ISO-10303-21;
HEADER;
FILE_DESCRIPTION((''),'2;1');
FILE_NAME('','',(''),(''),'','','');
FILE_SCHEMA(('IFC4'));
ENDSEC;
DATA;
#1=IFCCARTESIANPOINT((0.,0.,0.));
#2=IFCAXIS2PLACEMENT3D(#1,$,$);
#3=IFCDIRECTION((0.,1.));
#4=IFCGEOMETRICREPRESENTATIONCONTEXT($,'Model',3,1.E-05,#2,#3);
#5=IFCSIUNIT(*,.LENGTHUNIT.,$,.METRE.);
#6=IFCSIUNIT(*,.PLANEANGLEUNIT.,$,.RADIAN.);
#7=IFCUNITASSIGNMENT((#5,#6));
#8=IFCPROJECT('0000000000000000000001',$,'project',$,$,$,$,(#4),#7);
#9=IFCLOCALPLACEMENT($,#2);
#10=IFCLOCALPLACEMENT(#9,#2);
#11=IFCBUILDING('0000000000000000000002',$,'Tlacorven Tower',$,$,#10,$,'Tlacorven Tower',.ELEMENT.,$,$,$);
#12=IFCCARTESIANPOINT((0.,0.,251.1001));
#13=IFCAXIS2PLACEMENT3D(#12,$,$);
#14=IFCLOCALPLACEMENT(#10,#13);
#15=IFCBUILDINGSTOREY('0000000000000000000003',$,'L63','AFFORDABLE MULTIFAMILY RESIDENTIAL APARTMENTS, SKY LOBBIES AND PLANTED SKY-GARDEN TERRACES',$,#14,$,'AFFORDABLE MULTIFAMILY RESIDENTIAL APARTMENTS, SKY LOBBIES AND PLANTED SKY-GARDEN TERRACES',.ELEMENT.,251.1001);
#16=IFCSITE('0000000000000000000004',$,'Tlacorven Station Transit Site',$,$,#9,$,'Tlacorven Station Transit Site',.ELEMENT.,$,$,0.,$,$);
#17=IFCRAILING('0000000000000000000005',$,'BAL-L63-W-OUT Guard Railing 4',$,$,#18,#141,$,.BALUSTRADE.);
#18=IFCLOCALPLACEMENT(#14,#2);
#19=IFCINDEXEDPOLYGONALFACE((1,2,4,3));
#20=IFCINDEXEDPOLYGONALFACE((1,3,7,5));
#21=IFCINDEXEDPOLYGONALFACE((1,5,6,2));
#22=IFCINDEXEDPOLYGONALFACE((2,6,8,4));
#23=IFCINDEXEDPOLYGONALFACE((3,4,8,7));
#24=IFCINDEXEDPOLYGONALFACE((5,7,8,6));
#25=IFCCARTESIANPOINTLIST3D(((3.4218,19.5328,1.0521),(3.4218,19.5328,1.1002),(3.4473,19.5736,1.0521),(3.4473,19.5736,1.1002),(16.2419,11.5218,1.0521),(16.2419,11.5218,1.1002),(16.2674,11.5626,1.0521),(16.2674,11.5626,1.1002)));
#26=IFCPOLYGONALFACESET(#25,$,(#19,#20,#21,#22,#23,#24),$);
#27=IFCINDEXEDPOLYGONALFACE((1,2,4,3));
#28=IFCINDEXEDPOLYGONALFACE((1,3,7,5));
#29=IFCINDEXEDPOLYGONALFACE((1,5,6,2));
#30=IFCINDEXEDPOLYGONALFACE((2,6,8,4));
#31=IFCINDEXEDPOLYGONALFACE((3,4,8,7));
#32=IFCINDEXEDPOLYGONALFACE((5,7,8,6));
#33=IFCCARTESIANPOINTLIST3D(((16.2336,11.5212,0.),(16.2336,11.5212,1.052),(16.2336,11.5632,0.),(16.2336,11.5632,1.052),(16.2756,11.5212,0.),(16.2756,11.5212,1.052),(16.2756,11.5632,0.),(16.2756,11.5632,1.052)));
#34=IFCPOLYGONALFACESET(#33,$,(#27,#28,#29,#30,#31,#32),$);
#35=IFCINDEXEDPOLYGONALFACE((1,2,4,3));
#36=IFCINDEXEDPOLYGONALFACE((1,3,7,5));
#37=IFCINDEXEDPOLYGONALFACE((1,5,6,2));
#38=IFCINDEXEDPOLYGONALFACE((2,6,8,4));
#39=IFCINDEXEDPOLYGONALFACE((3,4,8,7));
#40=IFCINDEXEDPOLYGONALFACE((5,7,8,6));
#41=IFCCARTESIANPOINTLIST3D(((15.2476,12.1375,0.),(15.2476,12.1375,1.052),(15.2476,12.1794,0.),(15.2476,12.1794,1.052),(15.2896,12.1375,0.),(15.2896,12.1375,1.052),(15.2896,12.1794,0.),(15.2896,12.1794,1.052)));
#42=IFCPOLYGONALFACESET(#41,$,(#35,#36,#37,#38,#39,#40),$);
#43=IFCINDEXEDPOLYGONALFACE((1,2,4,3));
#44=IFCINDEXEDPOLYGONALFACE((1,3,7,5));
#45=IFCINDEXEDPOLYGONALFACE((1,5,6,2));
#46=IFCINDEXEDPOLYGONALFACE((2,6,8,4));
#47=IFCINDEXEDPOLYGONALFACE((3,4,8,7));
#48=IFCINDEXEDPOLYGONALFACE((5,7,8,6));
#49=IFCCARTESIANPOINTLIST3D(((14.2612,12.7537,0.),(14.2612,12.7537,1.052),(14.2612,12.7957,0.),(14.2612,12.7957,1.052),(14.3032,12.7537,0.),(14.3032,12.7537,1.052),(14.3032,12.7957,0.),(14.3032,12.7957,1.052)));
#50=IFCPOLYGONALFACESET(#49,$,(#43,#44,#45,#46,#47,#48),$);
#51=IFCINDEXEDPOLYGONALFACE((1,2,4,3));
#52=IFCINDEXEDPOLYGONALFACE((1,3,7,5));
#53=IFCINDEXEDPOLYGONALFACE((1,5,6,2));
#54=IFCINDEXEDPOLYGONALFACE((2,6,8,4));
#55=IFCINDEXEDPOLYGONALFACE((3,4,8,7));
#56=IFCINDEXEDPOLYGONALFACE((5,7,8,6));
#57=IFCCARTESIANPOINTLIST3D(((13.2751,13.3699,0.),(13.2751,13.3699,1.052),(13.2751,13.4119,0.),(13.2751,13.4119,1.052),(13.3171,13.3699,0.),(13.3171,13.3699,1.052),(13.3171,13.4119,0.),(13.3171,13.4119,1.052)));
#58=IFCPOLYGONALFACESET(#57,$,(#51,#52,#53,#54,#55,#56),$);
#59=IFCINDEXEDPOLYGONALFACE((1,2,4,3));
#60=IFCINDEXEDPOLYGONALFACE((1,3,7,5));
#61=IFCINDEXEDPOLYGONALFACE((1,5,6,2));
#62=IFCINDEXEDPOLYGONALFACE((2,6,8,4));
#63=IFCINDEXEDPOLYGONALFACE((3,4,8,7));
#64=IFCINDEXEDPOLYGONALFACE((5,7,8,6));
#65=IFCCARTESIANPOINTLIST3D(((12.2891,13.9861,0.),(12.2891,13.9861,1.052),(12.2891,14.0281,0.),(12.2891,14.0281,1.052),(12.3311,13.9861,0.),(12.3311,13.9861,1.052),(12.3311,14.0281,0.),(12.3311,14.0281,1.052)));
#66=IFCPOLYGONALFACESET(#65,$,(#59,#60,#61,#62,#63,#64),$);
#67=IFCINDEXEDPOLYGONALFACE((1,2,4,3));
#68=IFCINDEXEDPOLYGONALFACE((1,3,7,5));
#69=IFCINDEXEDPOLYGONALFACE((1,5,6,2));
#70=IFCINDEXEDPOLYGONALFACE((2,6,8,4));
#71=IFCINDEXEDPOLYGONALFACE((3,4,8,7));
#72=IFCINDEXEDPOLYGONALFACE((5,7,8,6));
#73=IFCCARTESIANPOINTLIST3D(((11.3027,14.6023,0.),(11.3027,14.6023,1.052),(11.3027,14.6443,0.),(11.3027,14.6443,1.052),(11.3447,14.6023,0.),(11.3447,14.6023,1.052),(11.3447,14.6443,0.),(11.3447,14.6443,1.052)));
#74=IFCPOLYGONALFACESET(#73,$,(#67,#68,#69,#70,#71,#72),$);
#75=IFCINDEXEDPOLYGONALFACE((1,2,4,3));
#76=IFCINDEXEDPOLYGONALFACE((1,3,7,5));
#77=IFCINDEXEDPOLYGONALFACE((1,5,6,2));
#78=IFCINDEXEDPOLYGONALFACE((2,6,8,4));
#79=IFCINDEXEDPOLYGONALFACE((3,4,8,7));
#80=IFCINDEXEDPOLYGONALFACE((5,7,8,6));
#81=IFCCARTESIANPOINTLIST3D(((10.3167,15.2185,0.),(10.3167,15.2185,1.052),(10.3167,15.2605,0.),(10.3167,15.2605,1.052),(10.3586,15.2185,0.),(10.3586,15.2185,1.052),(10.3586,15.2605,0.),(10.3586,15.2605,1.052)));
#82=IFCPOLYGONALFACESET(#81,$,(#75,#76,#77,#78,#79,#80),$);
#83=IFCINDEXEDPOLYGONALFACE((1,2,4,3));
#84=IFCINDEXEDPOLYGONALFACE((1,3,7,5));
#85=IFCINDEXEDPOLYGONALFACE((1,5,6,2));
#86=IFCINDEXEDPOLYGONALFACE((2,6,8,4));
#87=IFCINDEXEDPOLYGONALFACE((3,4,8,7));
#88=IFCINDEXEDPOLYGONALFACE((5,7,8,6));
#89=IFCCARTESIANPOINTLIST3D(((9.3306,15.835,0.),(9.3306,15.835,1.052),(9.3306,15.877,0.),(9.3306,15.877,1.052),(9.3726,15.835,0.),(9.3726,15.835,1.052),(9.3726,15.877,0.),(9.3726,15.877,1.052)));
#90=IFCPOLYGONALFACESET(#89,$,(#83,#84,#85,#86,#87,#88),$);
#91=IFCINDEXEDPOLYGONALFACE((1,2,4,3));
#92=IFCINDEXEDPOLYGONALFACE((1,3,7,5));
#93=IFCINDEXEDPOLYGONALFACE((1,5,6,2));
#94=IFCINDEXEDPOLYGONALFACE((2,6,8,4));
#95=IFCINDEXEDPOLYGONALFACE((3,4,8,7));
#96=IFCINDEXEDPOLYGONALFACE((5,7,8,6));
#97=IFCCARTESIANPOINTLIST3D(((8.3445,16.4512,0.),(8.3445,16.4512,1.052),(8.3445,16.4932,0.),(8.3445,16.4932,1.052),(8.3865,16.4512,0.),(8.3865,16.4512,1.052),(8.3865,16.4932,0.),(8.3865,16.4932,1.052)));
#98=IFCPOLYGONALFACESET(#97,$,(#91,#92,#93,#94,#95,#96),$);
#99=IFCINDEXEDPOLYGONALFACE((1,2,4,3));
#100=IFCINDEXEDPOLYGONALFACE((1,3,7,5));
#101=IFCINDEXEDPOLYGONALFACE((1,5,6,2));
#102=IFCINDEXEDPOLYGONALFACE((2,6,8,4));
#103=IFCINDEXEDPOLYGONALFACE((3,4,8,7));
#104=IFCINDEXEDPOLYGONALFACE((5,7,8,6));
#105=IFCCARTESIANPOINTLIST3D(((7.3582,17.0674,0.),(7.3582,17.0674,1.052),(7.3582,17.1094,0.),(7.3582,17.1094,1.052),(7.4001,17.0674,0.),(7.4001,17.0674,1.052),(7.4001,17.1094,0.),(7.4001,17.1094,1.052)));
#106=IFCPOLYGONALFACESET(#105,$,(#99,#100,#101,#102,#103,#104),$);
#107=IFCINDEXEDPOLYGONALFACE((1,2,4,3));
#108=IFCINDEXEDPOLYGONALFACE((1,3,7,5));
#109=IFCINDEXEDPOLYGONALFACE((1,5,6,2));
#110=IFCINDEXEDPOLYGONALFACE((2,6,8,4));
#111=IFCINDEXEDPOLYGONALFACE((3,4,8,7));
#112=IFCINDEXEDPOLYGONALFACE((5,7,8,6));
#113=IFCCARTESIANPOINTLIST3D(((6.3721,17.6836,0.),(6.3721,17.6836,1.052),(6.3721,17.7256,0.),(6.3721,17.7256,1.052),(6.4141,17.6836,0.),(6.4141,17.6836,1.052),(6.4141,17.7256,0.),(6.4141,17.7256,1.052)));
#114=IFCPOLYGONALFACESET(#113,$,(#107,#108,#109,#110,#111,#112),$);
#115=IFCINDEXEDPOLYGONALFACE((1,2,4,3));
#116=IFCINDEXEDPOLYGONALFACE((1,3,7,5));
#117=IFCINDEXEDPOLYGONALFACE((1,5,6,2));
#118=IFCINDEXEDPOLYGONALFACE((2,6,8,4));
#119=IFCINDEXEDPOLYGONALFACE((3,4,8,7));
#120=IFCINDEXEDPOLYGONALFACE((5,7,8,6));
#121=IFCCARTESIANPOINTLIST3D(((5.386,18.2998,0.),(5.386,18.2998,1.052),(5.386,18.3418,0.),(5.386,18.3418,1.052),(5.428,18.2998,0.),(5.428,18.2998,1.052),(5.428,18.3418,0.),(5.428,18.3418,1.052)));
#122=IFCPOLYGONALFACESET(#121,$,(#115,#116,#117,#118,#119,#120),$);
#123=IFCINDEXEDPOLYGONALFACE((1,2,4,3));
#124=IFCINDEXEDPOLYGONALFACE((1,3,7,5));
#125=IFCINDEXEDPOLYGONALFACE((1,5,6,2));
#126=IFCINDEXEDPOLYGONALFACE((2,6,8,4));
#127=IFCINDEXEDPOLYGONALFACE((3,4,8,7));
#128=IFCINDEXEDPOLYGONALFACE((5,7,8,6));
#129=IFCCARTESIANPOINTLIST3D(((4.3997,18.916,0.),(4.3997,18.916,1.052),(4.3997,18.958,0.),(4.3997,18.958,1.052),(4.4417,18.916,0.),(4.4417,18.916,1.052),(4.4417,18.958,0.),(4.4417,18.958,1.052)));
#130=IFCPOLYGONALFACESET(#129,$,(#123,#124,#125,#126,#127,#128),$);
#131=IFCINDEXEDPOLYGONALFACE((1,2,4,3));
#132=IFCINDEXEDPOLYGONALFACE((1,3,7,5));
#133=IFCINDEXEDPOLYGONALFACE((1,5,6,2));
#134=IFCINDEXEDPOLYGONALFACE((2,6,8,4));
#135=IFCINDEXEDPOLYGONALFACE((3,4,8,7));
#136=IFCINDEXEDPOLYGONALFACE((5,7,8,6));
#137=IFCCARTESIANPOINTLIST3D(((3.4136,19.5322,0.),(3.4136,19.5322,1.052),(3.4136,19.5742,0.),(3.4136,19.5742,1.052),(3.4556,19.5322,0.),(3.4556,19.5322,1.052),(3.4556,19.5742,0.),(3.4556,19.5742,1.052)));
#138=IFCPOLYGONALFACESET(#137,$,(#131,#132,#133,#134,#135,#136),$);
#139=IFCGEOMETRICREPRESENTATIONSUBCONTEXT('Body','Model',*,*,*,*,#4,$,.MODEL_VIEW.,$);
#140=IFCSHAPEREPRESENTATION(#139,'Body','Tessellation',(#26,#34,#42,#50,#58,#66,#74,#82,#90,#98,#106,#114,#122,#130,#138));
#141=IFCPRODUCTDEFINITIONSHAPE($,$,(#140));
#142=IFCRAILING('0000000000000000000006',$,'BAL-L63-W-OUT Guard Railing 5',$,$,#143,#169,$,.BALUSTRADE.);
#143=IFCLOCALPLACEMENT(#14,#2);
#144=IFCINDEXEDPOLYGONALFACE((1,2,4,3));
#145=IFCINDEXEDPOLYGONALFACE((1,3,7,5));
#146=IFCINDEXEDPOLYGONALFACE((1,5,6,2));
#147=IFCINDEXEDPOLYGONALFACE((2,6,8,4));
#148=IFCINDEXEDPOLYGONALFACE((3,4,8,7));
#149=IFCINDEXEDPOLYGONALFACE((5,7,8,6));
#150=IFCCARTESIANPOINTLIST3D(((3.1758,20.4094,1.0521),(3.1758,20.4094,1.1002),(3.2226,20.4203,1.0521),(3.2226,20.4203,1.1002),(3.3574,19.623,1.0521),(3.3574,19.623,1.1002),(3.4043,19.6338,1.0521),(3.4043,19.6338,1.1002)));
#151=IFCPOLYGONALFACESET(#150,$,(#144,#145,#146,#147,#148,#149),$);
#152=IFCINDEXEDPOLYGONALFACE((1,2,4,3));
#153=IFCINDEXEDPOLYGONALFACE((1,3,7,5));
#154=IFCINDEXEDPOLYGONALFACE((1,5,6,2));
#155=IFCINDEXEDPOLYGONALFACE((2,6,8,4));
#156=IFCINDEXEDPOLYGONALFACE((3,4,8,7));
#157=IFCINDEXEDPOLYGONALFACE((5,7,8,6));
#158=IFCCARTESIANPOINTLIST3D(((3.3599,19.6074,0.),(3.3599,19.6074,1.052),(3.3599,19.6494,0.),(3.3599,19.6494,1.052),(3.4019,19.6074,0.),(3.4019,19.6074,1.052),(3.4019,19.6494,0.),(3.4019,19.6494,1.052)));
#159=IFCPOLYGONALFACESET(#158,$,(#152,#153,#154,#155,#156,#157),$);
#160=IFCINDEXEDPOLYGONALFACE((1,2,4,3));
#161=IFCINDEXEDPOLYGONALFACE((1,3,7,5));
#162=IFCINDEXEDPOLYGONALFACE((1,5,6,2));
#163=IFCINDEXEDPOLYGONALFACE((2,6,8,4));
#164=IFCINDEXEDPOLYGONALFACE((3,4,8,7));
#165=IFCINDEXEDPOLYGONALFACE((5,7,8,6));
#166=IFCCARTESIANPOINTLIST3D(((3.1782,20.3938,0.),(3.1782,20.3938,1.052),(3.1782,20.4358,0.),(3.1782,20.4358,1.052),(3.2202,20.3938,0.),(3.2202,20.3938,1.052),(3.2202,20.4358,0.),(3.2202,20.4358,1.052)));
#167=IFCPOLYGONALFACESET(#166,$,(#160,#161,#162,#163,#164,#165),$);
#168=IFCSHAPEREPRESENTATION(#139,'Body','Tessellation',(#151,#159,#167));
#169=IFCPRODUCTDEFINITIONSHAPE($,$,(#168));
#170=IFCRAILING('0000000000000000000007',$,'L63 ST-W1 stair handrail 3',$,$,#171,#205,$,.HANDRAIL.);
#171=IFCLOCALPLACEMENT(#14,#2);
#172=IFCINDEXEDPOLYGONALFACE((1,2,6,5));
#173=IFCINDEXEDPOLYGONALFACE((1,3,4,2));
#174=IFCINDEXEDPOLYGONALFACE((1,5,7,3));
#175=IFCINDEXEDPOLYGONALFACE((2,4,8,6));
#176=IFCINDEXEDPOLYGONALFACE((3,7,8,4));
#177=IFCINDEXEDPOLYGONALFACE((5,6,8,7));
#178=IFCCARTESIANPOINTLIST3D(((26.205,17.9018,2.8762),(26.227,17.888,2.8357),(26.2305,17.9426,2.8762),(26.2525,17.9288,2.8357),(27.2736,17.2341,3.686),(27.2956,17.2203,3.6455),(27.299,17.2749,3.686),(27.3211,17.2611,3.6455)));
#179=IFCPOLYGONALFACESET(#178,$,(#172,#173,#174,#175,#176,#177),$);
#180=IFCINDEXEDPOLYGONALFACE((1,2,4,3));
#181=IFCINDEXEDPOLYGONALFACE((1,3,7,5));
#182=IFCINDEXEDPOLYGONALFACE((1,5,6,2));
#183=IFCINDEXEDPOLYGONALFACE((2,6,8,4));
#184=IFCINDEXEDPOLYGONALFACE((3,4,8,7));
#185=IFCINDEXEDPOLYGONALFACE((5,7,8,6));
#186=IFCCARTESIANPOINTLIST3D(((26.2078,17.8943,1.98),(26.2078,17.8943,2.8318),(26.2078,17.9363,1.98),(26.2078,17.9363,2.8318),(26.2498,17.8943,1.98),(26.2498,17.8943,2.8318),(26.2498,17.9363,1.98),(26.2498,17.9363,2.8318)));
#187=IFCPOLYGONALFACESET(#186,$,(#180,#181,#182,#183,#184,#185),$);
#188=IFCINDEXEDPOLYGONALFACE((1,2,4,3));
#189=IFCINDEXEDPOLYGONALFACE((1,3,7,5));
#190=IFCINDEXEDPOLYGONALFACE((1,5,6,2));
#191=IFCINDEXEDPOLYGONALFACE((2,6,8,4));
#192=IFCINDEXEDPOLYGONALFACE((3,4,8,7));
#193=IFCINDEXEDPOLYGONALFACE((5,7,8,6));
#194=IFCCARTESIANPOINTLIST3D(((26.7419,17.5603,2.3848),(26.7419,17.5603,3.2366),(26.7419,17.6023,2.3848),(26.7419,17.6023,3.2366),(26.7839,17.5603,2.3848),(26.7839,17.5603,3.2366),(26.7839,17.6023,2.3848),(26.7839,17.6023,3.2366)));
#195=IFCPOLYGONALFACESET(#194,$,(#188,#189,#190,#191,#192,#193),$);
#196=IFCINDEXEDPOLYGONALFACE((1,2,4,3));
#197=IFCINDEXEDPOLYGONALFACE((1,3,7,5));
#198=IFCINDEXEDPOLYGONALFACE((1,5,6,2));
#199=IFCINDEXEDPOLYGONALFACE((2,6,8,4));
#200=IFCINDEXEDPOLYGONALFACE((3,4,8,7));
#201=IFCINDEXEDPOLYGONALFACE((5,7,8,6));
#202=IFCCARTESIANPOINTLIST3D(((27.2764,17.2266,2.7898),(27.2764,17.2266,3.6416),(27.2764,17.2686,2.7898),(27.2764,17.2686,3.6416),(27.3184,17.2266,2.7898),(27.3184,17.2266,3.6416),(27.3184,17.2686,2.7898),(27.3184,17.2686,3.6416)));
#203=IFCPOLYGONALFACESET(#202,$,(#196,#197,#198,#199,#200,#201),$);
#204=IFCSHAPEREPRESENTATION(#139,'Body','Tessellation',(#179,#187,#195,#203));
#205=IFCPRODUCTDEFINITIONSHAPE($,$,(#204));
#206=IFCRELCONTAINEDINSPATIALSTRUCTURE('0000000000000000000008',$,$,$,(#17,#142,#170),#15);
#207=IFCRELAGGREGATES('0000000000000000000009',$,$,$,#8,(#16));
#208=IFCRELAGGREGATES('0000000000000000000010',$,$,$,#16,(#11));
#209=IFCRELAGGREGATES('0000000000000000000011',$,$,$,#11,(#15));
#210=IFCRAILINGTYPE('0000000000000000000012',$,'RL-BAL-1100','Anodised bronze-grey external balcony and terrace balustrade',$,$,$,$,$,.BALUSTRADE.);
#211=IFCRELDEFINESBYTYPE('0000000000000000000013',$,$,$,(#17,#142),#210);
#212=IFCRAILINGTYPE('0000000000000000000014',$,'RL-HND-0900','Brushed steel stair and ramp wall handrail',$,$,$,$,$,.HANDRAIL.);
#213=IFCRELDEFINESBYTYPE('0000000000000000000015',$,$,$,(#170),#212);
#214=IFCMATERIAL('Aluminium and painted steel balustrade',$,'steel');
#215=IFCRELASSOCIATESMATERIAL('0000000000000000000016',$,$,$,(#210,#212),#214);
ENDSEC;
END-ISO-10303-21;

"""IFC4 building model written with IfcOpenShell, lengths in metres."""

from ifc_helpers import new_model, si_unit, direction, frame, origin, origin_2d, place, context, subcontext, project, spatial, rectangle, extrude, source, transform, mapped, material, type_object, element, save


model = new_model("IFC4")

# Units and contexts
model_context = context("Model", 3, precision=1e-05, world=origin(), true_north=direction((0.0, 1.0)))
body_context = subcontext(model_context, "Body", "Model", "MODEL_VIEW")
ifc_project = project(units=[si_unit("LENGTHUNIT", "METRE"), si_unit("PLANEANGLEUNIT", "RADIAN")], contexts=[model_context])

# Site, building, storey
site_placement = place(None, origin())
site = spatial("IfcSite", under=ifc_project, at=site_placement, Name="Tlacorven Station Transit Site", LongName="Tlacorven Station Transit Site", CompositionType="ELEMENT", RefElevation=0.0)
building_placement = place(site_placement, origin())
building = spatial("IfcBuilding", under=site, at=building_placement, Name="Tlacorven Tower", LongName="Tlacorven Tower", CompositionType="ELEMENT")
storey_placement = place(building_placement, frame((0.0, 0.0, 251.1001)))
storey = spatial("IfcBuildingStorey", under=building, at=storey_placement, Name="L63", Description="AFFORDABLE MULTIFAMILY RESIDENTIAL APARTMENTS, SKY LOBBIES AND PLANTED SKY-GARDEN TERRACES", LongName="AFFORDABLE MULTIFAMILY RESIDENTIAL APARTMENTS, SKY LOBBIES AND PLANTED SKY-GARDEN TERRACES", CompositionType="ELEMENT", Elevation=251.1001)

# Railings
ifc_material_1 = material(Name="Aluminium and painted steel balustrade", Category="steel")
railing_type_1 = type_object("IfcRailingType", Name="RL-BAL-1100", Description="Anodised bronze-grey external balcony and terrace balustrade", PredefinedType="BALUSTRADE", material=ifc_material_1)
shared_shape_1 = source(origin(), body_context, "Body", "SweptSolid", [
    extrude(rectangle(XDim=0.0481, YDim=0.0481, at=origin_2d()), frame((0.0, 0.0, 1.0762), z_axis=(-0.848045, 0.529925, 0.0), x_axis=(-0.529925, -0.848045, 0.0)), (0.0, 0.0, 1.0), 15.1172),
    extrude(rectangle(XDim=0.042, YDim=0.042, at=origin_2d()), origin(), (0.0, 0.0, 1.0), 1.052),
    extrude(rectangle(XDim=0.042, YDim=0.042, at=origin_2d()), frame((-0.9861, 0.6162, 0.0)), (0.0, 0.0, 1.0), 1.052),
    extrude(rectangle(XDim=0.042, YDim=0.042, at=origin_2d()), frame((-1.9724, 1.2324, 0.0)), (0.0, 0.0, 1.0), 1.052),
    extrude(rectangle(XDim=0.042, YDim=0.042, at=origin_2d()), frame((-2.9585, 1.8486, 0.0)), (0.0, 0.0, 1.0), 1.052),
    extrude(rectangle(XDim=0.042, YDim=0.042, at=origin_2d()), frame((-3.9446, 2.4648, 0.0)), (0.0, 0.0, 1.0), 1.052),
    extrude(rectangle(XDim=0.042, YDim=0.042, at=origin_2d()), frame((-4.9309, 3.0811, 0.0)), (0.0, 0.0, 1.0), 1.052),
    extrude(rectangle(XDim=0.042, YDim=0.042, at=origin_2d()), frame((-5.917, 3.6973, 0.0)), (0.0, 0.0, 1.0), 1.052),
    extrude(rectangle(XDim=0.042, YDim=0.042, at=origin_2d()), frame((-6.9031, 4.3137, 0.0)), (0.0, 0.0, 1.0), 1.052),
    extrude(rectangle(XDim=0.042, YDim=0.042, at=origin_2d()), frame((-7.8892, 4.9299, 0.0)), (0.0, 0.0, 1.0), 1.052),
    extrude(rectangle(XDim=0.042, YDim=0.042, at=origin_2d()), frame((-8.8755, 5.5461, 0.0)), (0.0, 0.0, 1.0), 1.052),
    extrude(rectangle(XDim=0.042, YDim=0.042, at=origin_2d()), frame((-9.8616, 6.1624, 0.0)), (0.0, 0.0, 1.0), 1.052),
    extrude(rectangle(XDim=0.042, YDim=0.042, at=origin_2d()), frame((-10.8477, 6.7786, 0.0)), (0.0, 0.0, 1.0), 1.052),
    extrude(rectangle(XDim=0.042, YDim=0.042, at=origin_2d()), frame((-11.834, 7.3948, 0.0)), (0.0, 0.0, 1.0), 1.052),
    extrude(rectangle(XDim=0.042, YDim=0.042, at=origin_2d()), frame((-12.8201, 8.011, 0.0)), (0.0, 0.0, 1.0), 1.052),
])
railing_1_placement = place(storey_placement, frame((16.2546, 11.5422, 0.0)))
element("IfcRailing", 1, at=railing_1_placement, inside=storey, type_object=railing_type_1, Name="BAL-L63-W-OUT Guard Railing 4", PredefinedType="BALUSTRADE", context=body_context, shape_type="MappedRepresentation", body=[
    mapped(shared_shape_1, transform((0.0, 0.0, 0.0), scale=1.0)),
])
shared_shape_2 = source(origin(), body_context, "Body", "SweptSolid", [
    extrude(rectangle(XDim=0.0481, YDim=0.0481, at=origin_2d()), frame((0.0, 0.0, 1.0762), z_axis=(-0.225058, 0.974345, 0.0), x_axis=(-0.974345, -0.225058, 0.0)), (0.0, 0.0, 1.0), 0.8071),
    extrude(rectangle(XDim=0.042, YDim=0.042, at=origin_2d()), origin(), (0.0, 0.0, 1.0), 1.052),
    extrude(rectangle(XDim=0.042, YDim=0.042, at=origin_2d()), frame((-0.1816, 0.7864, 0.0)), (0.0, 0.0, 1.0), 1.052),
])
railing_2_placement = place(storey_placement, frame((3.3809, 19.6284, 0.0)))
element("IfcRailing", 2, at=railing_2_placement, inside=storey, type_object=railing_type_1, Name="BAL-L63-W-OUT Guard Railing 5", PredefinedType="BALUSTRADE", context=body_context, shape_type="MappedRepresentation", body=[
    mapped(shared_shape_2, transform((0.0, 0.0, 0.0), scale=1.0)),
])
railing_type_2 = type_object("IfcRailingType", Name="RL-HND-0900", Description="Brushed steel stair and ramp wall handrail", PredefinedType="HANDRAIL", material=ifc_material_1)
shared_shape_3 = source(origin(), body_context, "Body", "SweptSolid", [
    extrude(rectangle(XDim=0.0481, YDim=0.0481, at=origin_2d()), frame((0.0, 0.0, 0.876), z_axis=(0.713423, -0.445787, 0.540649), x_axis=(0.529912, 0.848053, 0.0)), (0.0, 0.0, 1.0), 1.4978),
    extrude(rectangle(XDim=0.042, YDim=0.042, at=origin_2d()), origin(), (0.0, 0.0, 1.0), 0.8518),
    extrude(rectangle(XDim=0.042, YDim=0.042, at=origin_2d()), frame((0.5342, -0.334, 0.4048)), (0.0, 0.0, 1.0), 0.8518),
    extrude(rectangle(XDim=0.042, YDim=0.042, at=origin_2d()), frame((1.0686, -0.6677, 0.8098)), (0.0, 0.0, 1.0), 0.8518),
])
railing_3_placement = place(storey_placement, frame((26.2288, 17.9153, 1.98)))
element("IfcRailing", 3, at=railing_3_placement, inside=storey, type_object=railing_type_2, Name="L63 ST-W1 stair handrail 3", PredefinedType="HANDRAIL", context=body_context, shape_type="MappedRepresentation", body=[
    mapped(shared_shape_3, transform((0.0, 0.0, 0.0), scale=1.0)),
])

save(model, "model.ifc")
